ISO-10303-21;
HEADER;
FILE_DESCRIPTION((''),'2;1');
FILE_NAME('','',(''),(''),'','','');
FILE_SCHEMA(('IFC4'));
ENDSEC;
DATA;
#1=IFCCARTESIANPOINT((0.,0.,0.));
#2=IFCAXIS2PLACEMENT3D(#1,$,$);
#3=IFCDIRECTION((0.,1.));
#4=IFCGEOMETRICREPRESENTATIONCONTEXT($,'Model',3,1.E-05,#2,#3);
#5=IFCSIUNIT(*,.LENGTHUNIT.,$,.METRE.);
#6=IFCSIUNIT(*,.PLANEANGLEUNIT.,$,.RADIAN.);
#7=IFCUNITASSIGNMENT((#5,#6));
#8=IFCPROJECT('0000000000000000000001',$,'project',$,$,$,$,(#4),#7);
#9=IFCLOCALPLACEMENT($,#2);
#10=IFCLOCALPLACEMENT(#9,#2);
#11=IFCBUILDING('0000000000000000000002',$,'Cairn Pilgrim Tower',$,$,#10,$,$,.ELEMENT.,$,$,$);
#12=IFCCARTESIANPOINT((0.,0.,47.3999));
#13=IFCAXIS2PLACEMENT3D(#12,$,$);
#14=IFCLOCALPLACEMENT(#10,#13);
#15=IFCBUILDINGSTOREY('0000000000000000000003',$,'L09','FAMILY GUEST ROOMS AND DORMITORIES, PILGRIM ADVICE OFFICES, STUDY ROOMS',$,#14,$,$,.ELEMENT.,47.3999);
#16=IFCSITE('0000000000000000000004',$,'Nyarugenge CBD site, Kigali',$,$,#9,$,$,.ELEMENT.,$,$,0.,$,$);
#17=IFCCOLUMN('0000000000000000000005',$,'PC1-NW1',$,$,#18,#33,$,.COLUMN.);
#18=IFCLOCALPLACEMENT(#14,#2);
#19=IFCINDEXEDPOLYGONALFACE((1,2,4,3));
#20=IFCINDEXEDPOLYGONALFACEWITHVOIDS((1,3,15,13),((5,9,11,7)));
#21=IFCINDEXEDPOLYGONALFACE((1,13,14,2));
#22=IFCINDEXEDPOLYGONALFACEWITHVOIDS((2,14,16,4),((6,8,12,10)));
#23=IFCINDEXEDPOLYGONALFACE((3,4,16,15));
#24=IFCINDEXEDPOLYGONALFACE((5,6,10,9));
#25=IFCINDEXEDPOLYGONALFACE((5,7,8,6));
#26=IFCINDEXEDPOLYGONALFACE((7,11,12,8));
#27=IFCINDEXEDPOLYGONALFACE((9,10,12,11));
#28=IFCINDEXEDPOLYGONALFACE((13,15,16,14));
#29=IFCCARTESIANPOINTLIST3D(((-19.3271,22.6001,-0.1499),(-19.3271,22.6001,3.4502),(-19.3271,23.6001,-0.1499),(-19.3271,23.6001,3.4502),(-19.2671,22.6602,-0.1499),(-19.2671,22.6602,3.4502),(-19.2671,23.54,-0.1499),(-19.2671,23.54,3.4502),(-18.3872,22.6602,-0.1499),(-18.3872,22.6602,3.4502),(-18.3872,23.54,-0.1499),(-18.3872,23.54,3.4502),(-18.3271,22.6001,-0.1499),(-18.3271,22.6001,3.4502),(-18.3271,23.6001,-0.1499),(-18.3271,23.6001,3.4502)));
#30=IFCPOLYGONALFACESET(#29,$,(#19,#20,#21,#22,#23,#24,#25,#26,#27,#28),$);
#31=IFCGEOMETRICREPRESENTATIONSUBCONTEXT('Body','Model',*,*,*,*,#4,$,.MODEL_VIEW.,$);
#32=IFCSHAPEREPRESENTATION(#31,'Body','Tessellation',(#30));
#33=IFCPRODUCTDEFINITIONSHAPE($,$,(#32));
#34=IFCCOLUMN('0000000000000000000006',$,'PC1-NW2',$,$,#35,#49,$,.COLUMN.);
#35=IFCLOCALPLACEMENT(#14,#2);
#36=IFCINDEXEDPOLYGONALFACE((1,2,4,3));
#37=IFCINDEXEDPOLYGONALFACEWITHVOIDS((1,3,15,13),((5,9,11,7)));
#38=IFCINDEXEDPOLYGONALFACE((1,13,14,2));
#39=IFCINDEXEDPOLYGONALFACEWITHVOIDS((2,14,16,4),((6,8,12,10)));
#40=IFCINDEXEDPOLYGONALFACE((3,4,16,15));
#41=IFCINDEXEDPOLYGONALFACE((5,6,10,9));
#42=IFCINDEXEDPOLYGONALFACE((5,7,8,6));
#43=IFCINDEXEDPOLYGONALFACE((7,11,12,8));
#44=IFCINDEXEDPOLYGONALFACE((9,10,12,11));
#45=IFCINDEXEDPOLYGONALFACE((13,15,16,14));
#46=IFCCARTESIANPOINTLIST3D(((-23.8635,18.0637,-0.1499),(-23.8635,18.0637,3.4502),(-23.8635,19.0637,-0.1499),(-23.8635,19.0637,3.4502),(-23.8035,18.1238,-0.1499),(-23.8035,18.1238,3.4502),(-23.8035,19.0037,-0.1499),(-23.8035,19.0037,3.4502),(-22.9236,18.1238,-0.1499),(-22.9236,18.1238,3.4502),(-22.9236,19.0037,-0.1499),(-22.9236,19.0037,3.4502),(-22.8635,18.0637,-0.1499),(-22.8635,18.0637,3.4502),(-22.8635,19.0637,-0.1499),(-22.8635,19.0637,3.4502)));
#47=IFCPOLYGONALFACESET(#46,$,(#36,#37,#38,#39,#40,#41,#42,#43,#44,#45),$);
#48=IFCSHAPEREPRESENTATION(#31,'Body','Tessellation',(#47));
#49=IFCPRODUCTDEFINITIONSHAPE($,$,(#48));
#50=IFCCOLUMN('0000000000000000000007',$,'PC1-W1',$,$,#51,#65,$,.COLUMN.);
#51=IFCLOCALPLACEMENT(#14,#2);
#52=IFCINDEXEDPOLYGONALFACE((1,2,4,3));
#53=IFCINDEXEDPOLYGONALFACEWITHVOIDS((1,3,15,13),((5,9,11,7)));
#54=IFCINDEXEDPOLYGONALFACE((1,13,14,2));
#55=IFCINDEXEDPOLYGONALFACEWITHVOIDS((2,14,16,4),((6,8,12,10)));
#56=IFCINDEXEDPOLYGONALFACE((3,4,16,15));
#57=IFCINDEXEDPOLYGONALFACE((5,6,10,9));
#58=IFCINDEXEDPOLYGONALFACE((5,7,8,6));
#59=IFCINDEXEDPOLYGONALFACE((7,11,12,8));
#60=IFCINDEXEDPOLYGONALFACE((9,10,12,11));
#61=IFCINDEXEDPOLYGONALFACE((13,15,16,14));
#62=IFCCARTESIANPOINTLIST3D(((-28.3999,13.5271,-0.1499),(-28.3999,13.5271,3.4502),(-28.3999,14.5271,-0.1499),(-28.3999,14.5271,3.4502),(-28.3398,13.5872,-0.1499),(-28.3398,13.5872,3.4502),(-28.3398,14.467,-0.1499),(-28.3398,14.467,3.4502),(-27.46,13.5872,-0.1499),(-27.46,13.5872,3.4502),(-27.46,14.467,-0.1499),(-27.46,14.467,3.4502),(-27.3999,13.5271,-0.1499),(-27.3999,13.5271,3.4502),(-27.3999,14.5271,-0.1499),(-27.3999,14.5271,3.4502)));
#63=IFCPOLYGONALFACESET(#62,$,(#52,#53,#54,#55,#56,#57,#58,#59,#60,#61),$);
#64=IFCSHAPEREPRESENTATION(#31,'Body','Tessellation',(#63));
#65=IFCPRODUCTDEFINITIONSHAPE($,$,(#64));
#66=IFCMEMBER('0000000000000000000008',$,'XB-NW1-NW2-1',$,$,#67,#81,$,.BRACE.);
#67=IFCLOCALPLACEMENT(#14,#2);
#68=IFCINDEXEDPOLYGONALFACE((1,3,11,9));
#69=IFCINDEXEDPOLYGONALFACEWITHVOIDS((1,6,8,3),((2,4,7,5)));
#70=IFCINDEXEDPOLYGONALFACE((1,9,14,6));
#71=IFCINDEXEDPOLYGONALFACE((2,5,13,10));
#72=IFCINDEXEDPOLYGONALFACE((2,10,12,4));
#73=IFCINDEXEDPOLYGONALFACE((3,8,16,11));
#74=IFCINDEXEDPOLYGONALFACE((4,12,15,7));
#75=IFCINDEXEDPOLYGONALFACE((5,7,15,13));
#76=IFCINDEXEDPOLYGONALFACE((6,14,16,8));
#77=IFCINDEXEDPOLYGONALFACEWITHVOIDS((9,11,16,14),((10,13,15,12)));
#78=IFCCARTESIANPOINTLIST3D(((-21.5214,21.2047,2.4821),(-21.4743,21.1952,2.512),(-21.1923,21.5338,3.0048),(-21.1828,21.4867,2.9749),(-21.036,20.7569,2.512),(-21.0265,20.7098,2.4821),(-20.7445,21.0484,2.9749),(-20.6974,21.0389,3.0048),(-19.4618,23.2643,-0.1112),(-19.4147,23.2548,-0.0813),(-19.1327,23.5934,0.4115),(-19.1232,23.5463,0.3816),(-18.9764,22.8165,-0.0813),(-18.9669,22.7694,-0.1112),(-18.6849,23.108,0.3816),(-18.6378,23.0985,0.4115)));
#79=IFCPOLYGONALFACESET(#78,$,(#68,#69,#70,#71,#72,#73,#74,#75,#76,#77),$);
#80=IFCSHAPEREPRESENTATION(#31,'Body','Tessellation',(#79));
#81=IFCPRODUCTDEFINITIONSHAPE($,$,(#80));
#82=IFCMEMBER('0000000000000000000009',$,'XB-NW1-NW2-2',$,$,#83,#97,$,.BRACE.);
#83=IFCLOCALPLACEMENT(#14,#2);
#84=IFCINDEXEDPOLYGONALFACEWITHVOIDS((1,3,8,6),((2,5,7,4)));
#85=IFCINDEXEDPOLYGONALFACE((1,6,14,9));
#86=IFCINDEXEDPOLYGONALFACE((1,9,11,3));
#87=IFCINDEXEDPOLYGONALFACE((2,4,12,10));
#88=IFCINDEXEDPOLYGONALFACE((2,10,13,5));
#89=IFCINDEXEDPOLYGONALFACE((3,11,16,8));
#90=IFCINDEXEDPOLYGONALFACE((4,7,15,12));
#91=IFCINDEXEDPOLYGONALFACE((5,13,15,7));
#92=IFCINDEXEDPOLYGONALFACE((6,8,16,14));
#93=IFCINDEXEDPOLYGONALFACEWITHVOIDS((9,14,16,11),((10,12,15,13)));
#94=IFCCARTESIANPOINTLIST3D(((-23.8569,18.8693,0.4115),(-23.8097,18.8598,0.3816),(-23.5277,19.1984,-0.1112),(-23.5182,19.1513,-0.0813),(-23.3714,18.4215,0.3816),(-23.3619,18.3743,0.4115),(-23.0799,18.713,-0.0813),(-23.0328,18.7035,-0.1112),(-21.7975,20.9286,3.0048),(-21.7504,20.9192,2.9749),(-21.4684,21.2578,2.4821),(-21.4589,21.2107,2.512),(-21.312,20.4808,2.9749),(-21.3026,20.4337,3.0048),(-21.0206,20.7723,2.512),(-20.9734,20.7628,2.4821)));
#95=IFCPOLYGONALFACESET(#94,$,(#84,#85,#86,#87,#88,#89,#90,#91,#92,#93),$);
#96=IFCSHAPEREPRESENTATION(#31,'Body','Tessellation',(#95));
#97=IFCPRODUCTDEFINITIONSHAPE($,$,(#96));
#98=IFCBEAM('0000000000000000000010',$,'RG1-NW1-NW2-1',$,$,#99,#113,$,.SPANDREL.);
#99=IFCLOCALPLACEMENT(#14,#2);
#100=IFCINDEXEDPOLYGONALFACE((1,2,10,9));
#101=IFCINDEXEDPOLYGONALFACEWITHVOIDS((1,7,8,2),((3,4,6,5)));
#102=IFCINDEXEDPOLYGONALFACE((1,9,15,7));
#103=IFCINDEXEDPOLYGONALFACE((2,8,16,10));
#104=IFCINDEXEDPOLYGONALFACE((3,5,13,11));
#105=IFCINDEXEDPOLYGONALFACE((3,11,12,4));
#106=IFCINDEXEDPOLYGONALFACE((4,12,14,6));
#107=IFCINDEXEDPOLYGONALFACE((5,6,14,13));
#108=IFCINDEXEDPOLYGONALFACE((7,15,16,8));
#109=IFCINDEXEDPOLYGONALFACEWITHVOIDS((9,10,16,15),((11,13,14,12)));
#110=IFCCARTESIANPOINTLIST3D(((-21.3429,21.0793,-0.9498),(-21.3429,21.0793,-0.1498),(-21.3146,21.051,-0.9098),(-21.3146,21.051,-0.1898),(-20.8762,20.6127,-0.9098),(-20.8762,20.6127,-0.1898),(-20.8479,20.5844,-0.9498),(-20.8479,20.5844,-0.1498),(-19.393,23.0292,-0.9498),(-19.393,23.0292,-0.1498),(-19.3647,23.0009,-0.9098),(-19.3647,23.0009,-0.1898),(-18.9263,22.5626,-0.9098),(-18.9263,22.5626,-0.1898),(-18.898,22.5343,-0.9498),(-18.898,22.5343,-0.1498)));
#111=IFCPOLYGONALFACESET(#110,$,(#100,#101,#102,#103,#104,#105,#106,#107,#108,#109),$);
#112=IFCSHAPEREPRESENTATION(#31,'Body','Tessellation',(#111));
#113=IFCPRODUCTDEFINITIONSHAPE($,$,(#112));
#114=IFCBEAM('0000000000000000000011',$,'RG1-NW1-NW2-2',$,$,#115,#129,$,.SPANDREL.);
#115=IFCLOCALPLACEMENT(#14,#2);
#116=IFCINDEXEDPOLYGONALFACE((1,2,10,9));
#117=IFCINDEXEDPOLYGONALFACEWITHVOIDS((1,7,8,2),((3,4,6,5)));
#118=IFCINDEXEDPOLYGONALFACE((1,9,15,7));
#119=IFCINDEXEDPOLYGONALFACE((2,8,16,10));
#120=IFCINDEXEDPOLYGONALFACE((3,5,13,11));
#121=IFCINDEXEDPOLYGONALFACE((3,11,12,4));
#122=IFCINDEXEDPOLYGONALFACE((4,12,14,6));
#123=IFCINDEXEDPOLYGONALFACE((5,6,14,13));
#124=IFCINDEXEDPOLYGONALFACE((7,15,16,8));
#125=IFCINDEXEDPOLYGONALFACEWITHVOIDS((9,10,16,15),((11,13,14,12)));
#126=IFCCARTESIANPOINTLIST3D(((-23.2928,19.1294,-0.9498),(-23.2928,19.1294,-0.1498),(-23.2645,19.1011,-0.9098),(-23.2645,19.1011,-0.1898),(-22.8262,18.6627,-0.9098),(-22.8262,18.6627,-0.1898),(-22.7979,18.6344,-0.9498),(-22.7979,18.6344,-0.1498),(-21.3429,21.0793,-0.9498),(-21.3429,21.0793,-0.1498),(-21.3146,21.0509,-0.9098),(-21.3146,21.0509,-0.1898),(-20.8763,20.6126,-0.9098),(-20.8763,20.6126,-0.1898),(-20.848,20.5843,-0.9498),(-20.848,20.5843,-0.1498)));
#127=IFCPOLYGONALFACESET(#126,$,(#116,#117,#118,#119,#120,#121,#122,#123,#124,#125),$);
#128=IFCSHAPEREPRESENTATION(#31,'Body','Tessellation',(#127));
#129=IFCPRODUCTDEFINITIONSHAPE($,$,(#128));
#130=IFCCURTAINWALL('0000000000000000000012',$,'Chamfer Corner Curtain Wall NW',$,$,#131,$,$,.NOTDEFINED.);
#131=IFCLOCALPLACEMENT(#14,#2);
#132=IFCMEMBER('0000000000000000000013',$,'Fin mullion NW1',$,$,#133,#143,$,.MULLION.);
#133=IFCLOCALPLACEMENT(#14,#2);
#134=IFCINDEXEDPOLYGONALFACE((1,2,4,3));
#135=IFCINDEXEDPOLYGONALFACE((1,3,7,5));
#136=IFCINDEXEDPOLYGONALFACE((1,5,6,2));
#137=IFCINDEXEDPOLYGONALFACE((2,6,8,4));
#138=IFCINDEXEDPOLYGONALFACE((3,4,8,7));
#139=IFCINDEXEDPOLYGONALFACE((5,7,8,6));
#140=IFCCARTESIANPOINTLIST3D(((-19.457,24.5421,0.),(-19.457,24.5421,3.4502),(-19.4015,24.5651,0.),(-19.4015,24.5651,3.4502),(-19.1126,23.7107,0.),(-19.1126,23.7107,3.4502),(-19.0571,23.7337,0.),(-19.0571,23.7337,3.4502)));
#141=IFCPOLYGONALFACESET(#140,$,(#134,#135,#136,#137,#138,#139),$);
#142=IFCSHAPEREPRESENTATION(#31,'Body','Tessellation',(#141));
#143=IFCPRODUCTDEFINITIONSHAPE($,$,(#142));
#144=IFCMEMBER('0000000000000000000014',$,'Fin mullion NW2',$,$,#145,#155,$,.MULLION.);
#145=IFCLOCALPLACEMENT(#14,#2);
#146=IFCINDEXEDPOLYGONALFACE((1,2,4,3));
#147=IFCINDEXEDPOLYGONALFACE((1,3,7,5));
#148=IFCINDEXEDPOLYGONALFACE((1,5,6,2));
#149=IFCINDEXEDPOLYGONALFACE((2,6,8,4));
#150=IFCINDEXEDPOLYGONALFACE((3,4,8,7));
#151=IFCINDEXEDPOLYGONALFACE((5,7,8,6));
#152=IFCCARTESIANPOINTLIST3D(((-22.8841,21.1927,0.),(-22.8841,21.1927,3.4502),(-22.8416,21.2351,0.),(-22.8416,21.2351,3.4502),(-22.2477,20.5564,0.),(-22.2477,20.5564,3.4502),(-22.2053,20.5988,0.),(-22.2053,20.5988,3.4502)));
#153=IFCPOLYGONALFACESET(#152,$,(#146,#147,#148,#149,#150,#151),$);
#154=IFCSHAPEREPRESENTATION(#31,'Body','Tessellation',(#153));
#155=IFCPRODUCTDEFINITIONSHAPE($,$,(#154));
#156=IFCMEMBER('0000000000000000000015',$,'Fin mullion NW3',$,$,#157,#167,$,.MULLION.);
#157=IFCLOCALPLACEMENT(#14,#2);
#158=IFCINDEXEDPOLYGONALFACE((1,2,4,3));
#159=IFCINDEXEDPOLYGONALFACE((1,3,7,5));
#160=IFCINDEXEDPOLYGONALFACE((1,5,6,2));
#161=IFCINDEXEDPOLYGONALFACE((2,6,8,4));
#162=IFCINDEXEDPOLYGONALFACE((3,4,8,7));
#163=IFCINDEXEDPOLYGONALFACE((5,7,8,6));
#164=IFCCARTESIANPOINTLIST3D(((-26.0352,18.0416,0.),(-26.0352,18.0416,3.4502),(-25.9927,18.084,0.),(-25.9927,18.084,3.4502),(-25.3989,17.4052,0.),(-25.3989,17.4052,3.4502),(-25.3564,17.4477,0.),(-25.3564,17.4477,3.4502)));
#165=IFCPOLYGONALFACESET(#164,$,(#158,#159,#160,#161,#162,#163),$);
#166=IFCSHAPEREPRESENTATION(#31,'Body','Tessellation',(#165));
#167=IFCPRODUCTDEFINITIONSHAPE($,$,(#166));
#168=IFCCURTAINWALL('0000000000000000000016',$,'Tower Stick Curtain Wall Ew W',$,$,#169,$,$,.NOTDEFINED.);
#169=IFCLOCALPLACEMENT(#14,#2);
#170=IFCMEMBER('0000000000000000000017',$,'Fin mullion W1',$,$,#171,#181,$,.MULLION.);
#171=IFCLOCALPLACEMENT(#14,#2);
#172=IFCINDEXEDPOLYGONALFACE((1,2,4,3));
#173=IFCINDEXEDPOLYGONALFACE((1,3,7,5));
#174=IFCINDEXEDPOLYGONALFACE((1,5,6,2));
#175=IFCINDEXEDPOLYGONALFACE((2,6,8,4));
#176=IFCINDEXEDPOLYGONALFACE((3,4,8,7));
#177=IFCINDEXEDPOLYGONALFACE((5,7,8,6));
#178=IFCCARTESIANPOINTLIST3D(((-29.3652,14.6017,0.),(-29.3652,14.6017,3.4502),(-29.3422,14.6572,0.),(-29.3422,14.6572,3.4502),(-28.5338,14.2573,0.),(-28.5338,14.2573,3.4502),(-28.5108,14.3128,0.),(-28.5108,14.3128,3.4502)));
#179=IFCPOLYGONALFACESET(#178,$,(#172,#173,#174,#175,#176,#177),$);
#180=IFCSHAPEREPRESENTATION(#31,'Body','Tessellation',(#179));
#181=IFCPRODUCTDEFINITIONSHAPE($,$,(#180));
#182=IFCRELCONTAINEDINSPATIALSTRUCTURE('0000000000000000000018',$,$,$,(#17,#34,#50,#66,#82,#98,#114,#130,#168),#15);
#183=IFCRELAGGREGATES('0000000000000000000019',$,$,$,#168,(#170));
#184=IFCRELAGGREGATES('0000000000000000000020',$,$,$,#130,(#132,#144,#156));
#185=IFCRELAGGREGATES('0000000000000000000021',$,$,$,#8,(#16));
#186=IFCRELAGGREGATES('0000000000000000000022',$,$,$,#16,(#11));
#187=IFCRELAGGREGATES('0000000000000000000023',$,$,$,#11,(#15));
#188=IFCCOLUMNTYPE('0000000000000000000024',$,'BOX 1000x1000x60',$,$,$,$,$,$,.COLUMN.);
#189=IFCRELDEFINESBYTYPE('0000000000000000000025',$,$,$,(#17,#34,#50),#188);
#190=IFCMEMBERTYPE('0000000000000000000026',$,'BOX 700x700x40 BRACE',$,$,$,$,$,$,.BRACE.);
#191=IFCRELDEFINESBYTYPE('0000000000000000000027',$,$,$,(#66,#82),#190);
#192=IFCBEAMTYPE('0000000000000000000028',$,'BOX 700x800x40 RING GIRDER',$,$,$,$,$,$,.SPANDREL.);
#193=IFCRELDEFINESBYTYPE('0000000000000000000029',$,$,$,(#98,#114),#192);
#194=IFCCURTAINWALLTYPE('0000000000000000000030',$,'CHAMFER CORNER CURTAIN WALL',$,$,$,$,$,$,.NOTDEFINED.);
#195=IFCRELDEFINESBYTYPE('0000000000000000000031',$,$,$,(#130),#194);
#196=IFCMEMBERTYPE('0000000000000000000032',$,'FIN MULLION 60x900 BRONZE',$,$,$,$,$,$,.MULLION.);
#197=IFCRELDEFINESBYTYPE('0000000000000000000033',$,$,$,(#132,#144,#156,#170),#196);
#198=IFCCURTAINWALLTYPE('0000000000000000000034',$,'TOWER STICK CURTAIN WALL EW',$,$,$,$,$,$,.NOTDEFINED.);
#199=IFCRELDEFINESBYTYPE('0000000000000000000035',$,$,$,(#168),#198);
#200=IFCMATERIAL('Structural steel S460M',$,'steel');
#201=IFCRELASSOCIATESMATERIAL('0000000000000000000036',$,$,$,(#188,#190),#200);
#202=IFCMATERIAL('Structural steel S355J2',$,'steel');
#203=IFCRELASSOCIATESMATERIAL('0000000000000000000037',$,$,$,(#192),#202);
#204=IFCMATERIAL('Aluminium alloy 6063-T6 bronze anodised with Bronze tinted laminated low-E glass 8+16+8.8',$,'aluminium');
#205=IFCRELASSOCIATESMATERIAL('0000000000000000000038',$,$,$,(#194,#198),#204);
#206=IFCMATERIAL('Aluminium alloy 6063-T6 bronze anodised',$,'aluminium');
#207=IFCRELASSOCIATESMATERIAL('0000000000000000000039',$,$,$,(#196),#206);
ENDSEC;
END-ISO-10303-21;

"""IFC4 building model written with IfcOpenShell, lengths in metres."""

from ifc_helpers import new_model, si_unit, direction, frame, origin, origin_2d, place, context, subcontext, project, spatial, rectangle, hollow_rectangle, extrude, material, material_profile, profile_set, type_object, element, aggregate, save


model = new_model("IFC4")

# Units and contexts
model_context = context("Model", 3, precision=1e-05, world=origin(), true_north=direction((0.0, 1.0)))
body_context = subcontext(model_context, "Body", "Model", "MODEL_VIEW")
ifc_project = project(units=[si_unit("LENGTHUNIT", "METRE"), si_unit("PLANEANGLEUNIT", "RADIAN")], contexts=[model_context])

# Site, building, storey
site_placement = place(None, origin())
site = spatial("IfcSite", under=ifc_project, at=site_placement, Name="Nyarugenge CBD site, Kigali", CompositionType="ELEMENT", RefElevation=0.0)
building_placement = place(site_placement, origin())
building = spatial("IfcBuilding", under=site, at=building_placement, Name="Cairn Pilgrim Tower", CompositionType="ELEMENT")
storey_placement = place(building_placement, frame((0.0, 0.0, 47.3999)))
storey = spatial("IfcBuildingStorey", under=building, at=storey_placement, Name="L09", Description="FAMILY GUEST ROOMS AND DORMITORIES, PILGRIM ADVICE OFFICES, STUDY ROOMS", CompositionType="ELEMENT", Elevation=47.3999)

# Columns
ifc_material_1 = material(Name="Structural steel S460M", Category="steel")
ifc_material_profile_1 = material_profile(ifc_material_1, hollow_rectangle(XDim=1.0, YDim=1.0, WallThickness=0.0601, at=origin_2d()), Name="BOX 1000x1000x60")
ifc_profile_set_1 = profile_set([ifc_material_profile_1], Name="Structural steel S460M")
column_type = type_object("IfcColumnType", Name="BOX 1000x1000x60", PredefinedType="COLUMN", material=ifc_profile_set_1)
for number, where, z_axis, x_axis, name in (
    (1, (-18.8271, 23.1001, -0.1499), (0.0, 0.0, 1.0), (1.0, 0.0, 0.0), "PC1-NW1"),
    (2, (-23.3635, 18.5637, -0.1499), (0.0, 0.0, 1.0), (1.0, 0.0, 0.0), "PC1-NW2"),
    (3, (-27.8999, 14.0271, -0.1499), (0.0, 0.0, 1.0), (1.0, 0.0, 0.0), "PC1-W1"),
):
    element("IfcColumn", number, at=place(storey_placement, frame(where, z_axis=z_axis, x_axis=x_axis)), inside=storey, type_object=column_type, Name=name, PredefinedType="COLUMN", context=body_context, shape_type="SweptSolid", body=[
        extrude(hollow_rectangle(XDim=1.0, YDim=1.0, WallThickness=0.0601, at=origin_2d()), origin(), (0.0, 0.0, 1.0), 3.6001),
    ])

# Members
ifc_material_profile_2 = material_profile(ifc_material_1, hollow_rectangle(XDim=0.7, YDim=0.7, WallThickness=0.04, at=origin_2d()), Name="BOX 700x700x40")
ifc_profile_set_2 = profile_set([ifc_material_profile_2], Name="Structural steel S460M")
member_type_1 = type_object("IfcMemberType", Name="BOX 700x700x40 BRACE", PredefinedType="BRACE", material=ifc_profile_set_2)
member_1_placement = place(storey_placement, frame((-19.0498, 23.1814, 0.1501), z_axis=(-0.528118, -0.528118, 0.664968), x_axis=(0.707107, -0.707107, 0.0)))
element("IfcMember", 4, at=member_1_placement, inside=storey, type_object=member_type_1, Name="XB-NW1-NW2-1", PredefinedType="BRACE", context=body_context, shape_type="SweptSolid", body=[
    extrude(hollow_rectangle(XDim=0.7, YDim=0.7, WallThickness=0.04, at=origin_2d()), origin(), (0.0, 0.0, 1.0), 3.8999),
])
member_2_placement = place(storey_placement, frame((-23.4448, 18.7864, 0.1501), z_axis=(0.52809, 0.52809, 0.665012), x_axis=(-0.707107, 0.707107, 0.0)))
element("IfcMember", 5, at=member_2_placement, inside=storey, type_object=member_type_1, Name="XB-NW1-NW2-2", PredefinedType="BRACE", context=body_context, shape_type="SweptSolid", body=[
    extrude(hollow_rectangle(XDim=0.7, YDim=0.7, WallThickness=0.04, at=origin_2d()), origin(), (0.0, 0.0, 1.0), 3.8997),
])

# Beams
ifc_material_2 = material(Name="Structural steel S355J2", Category="steel")
ifc_material_profile_3 = material_profile(ifc_material_2, hollow_rectangle(XDim=0.7, YDim=0.8, WallThickness=0.04, at=origin_2d()), Name="BOX 700x800x40")
ifc_profile_set_3 = profile_set([ifc_material_profile_3], Name="Structural steel S355J2")
beam_type_1 = type_object("IfcBeamType", Name="BOX 700x800x40 RING GIRDER", PredefinedType="SPANDREL", material=ifc_profile_set_3)
for number, where, z_axis, x_axis, name in (
    (6, (-19.1455, 22.7817, -0.5498), (-0.707107, -0.707107, 0.0), (0.707107, -0.707107, 0.0), "RG1-NW1-NW2-1"),
    (7, (-21.0955, 20.8318, -0.5498), (-0.707107, -0.707107, 0.0), (0.707107, -0.707107, 0.0), "RG1-NW1-NW2-2"),
):
    element("IfcBeam", number, at=place(storey_placement, frame(where, z_axis=z_axis, x_axis=x_axis)), inside=storey, type_object=beam_type_1, Name=name, PredefinedType="SPANDREL", context=body_context, shape_type="SweptSolid", body=[
        extrude(hollow_rectangle(XDim=0.7, YDim=0.8, WallThickness=0.04, at=origin_2d()), origin(), (0.0, 0.0, 1.0), 2.7576),
    ])

# Curtain wall, members
ifc_material_3 = material(Name="Aluminium alloy 6063-T6 bronze anodised with Bronze tinted laminated low-E glass 8+16+8.8", Category="aluminium")
curtain_wall_type_1 = type_object("IfcCurtainWallType", Name="CHAMFER CORNER CURTAIN WALL", PredefinedType="NOTDEFINED", material=ifc_material_3)
curtain_wall_1_placement = place(storey_placement, origin())
curtain_wall_1 = element("IfcCurtainWall", 8, at=curtain_wall_1_placement, inside=storey, type_object=curtain_wall_type_1, Name="Chamfer Corner Curtain Wall NW", PredefinedType="NOTDEFINED")
ifc_material_4 = material(Name="Aluminium alloy 6063-T6 bronze anodised", Category="aluminium")
ifc_material_profile_4 = material_profile(ifc_material_4, rectangle(XDim=0.8999, YDim=0.0601, at=origin_2d()), Name="FIN MULLION 60x900 BRONZE")
ifc_profile_set_4 = profile_set([ifc_material_profile_4], Name="Aluminium alloy 6063-T6 bronze anodised")
member_type_2 = type_object("IfcMemberType", Name="FIN MULLION 60x900 BRONZE", PredefinedType="MULLION", material=ifc_profile_set_4)
member_3_placement = place(storey_placement, frame((-19.2571, 24.1379, 0.0), z_axis=(0.0, 0.0, 1.0), x_axis=(-0.382683, 0.92388, 0.0)))
member_3 = element("IfcMember", 9, at=member_3_placement, type_object=member_type_2, Name="Fin mullion NW1", PredefinedType="MULLION", context=body_context, shape_type="SweptSolid", body=[
    extrude(rectangle(XDim=0.8999, YDim=0.0601, at=origin_2d()), origin(), (0.0, 0.0, 1.0), 3.4502),
])
member_4_placement = place(storey_placement, frame((-22.5447, 20.8958, 0.0), z_axis=(0.0, 0.0, 1.0), x_axis=(-0.707107, 0.707107, 0.0)))
member_4 = element("IfcMember", 10, at=member_4_placement, type_object=member_type_2, Name="Fin mullion NW2", PredefinedType="MULLION", context=body_context, shape_type="SweptSolid", body=[
    extrude(rectangle(XDim=0.8999, YDim=0.0601, at=origin_2d()), origin(), (0.0, 0.0, 1.0), 3.4502),
])
member_5_placement = place(storey_placement, frame((-25.6958, 17.7446, 0.0), z_axis=(0.0, 0.0, 1.0), x_axis=(-0.707107, 0.707107, 0.0)))
member_5 = element("IfcMember", 11, at=member_5_placement, type_object=member_type_2, Name="Fin mullion NW3", PredefinedType="MULLION", context=body_context, shape_type="SweptSolid", body=[
    extrude(rectangle(XDim=0.8999, YDim=0.0601, at=origin_2d()), origin(), (0.0, 0.0, 1.0), 3.4502),
])

# Curtain wall, member
curtain_wall_type_2 = type_object("IfcCurtainWallType", Name="TOWER STICK CURTAIN WALL EW", PredefinedType="NOTDEFINED", material=ifc_material_3)
curtain_wall_2_placement = place(storey_placement, origin())
curtain_wall_2 = element("IfcCurtainWall", 12, at=curtain_wall_2_placement, inside=storey, type_object=curtain_wall_type_2, Name="Tower Stick Curtain Wall Ew W", PredefinedType="NOTDEFINED")
member_6_placement = place(storey_placement, frame((-28.938, 14.4573, 0.0), z_axis=(0.0, 0.0, 1.0), x_axis=(-0.92388, 0.382683, 0.0)))
member_6 = element("IfcMember", 13, at=member_6_placement, type_object=member_type_2, Name="Fin mullion W1", PredefinedType="MULLION", context=body_context, shape_type="SweptSolid", body=[
    extrude(rectangle(XDim=0.8999, YDim=0.0601, at=origin_2d()), origin(), (0.0, 0.0, 1.0), 3.4502),
])

aggregate(curtain_wall_2, [member_6])

aggregate(curtain_wall_1, [member_3, member_4, member_5])

save(model, "model.ifc")
